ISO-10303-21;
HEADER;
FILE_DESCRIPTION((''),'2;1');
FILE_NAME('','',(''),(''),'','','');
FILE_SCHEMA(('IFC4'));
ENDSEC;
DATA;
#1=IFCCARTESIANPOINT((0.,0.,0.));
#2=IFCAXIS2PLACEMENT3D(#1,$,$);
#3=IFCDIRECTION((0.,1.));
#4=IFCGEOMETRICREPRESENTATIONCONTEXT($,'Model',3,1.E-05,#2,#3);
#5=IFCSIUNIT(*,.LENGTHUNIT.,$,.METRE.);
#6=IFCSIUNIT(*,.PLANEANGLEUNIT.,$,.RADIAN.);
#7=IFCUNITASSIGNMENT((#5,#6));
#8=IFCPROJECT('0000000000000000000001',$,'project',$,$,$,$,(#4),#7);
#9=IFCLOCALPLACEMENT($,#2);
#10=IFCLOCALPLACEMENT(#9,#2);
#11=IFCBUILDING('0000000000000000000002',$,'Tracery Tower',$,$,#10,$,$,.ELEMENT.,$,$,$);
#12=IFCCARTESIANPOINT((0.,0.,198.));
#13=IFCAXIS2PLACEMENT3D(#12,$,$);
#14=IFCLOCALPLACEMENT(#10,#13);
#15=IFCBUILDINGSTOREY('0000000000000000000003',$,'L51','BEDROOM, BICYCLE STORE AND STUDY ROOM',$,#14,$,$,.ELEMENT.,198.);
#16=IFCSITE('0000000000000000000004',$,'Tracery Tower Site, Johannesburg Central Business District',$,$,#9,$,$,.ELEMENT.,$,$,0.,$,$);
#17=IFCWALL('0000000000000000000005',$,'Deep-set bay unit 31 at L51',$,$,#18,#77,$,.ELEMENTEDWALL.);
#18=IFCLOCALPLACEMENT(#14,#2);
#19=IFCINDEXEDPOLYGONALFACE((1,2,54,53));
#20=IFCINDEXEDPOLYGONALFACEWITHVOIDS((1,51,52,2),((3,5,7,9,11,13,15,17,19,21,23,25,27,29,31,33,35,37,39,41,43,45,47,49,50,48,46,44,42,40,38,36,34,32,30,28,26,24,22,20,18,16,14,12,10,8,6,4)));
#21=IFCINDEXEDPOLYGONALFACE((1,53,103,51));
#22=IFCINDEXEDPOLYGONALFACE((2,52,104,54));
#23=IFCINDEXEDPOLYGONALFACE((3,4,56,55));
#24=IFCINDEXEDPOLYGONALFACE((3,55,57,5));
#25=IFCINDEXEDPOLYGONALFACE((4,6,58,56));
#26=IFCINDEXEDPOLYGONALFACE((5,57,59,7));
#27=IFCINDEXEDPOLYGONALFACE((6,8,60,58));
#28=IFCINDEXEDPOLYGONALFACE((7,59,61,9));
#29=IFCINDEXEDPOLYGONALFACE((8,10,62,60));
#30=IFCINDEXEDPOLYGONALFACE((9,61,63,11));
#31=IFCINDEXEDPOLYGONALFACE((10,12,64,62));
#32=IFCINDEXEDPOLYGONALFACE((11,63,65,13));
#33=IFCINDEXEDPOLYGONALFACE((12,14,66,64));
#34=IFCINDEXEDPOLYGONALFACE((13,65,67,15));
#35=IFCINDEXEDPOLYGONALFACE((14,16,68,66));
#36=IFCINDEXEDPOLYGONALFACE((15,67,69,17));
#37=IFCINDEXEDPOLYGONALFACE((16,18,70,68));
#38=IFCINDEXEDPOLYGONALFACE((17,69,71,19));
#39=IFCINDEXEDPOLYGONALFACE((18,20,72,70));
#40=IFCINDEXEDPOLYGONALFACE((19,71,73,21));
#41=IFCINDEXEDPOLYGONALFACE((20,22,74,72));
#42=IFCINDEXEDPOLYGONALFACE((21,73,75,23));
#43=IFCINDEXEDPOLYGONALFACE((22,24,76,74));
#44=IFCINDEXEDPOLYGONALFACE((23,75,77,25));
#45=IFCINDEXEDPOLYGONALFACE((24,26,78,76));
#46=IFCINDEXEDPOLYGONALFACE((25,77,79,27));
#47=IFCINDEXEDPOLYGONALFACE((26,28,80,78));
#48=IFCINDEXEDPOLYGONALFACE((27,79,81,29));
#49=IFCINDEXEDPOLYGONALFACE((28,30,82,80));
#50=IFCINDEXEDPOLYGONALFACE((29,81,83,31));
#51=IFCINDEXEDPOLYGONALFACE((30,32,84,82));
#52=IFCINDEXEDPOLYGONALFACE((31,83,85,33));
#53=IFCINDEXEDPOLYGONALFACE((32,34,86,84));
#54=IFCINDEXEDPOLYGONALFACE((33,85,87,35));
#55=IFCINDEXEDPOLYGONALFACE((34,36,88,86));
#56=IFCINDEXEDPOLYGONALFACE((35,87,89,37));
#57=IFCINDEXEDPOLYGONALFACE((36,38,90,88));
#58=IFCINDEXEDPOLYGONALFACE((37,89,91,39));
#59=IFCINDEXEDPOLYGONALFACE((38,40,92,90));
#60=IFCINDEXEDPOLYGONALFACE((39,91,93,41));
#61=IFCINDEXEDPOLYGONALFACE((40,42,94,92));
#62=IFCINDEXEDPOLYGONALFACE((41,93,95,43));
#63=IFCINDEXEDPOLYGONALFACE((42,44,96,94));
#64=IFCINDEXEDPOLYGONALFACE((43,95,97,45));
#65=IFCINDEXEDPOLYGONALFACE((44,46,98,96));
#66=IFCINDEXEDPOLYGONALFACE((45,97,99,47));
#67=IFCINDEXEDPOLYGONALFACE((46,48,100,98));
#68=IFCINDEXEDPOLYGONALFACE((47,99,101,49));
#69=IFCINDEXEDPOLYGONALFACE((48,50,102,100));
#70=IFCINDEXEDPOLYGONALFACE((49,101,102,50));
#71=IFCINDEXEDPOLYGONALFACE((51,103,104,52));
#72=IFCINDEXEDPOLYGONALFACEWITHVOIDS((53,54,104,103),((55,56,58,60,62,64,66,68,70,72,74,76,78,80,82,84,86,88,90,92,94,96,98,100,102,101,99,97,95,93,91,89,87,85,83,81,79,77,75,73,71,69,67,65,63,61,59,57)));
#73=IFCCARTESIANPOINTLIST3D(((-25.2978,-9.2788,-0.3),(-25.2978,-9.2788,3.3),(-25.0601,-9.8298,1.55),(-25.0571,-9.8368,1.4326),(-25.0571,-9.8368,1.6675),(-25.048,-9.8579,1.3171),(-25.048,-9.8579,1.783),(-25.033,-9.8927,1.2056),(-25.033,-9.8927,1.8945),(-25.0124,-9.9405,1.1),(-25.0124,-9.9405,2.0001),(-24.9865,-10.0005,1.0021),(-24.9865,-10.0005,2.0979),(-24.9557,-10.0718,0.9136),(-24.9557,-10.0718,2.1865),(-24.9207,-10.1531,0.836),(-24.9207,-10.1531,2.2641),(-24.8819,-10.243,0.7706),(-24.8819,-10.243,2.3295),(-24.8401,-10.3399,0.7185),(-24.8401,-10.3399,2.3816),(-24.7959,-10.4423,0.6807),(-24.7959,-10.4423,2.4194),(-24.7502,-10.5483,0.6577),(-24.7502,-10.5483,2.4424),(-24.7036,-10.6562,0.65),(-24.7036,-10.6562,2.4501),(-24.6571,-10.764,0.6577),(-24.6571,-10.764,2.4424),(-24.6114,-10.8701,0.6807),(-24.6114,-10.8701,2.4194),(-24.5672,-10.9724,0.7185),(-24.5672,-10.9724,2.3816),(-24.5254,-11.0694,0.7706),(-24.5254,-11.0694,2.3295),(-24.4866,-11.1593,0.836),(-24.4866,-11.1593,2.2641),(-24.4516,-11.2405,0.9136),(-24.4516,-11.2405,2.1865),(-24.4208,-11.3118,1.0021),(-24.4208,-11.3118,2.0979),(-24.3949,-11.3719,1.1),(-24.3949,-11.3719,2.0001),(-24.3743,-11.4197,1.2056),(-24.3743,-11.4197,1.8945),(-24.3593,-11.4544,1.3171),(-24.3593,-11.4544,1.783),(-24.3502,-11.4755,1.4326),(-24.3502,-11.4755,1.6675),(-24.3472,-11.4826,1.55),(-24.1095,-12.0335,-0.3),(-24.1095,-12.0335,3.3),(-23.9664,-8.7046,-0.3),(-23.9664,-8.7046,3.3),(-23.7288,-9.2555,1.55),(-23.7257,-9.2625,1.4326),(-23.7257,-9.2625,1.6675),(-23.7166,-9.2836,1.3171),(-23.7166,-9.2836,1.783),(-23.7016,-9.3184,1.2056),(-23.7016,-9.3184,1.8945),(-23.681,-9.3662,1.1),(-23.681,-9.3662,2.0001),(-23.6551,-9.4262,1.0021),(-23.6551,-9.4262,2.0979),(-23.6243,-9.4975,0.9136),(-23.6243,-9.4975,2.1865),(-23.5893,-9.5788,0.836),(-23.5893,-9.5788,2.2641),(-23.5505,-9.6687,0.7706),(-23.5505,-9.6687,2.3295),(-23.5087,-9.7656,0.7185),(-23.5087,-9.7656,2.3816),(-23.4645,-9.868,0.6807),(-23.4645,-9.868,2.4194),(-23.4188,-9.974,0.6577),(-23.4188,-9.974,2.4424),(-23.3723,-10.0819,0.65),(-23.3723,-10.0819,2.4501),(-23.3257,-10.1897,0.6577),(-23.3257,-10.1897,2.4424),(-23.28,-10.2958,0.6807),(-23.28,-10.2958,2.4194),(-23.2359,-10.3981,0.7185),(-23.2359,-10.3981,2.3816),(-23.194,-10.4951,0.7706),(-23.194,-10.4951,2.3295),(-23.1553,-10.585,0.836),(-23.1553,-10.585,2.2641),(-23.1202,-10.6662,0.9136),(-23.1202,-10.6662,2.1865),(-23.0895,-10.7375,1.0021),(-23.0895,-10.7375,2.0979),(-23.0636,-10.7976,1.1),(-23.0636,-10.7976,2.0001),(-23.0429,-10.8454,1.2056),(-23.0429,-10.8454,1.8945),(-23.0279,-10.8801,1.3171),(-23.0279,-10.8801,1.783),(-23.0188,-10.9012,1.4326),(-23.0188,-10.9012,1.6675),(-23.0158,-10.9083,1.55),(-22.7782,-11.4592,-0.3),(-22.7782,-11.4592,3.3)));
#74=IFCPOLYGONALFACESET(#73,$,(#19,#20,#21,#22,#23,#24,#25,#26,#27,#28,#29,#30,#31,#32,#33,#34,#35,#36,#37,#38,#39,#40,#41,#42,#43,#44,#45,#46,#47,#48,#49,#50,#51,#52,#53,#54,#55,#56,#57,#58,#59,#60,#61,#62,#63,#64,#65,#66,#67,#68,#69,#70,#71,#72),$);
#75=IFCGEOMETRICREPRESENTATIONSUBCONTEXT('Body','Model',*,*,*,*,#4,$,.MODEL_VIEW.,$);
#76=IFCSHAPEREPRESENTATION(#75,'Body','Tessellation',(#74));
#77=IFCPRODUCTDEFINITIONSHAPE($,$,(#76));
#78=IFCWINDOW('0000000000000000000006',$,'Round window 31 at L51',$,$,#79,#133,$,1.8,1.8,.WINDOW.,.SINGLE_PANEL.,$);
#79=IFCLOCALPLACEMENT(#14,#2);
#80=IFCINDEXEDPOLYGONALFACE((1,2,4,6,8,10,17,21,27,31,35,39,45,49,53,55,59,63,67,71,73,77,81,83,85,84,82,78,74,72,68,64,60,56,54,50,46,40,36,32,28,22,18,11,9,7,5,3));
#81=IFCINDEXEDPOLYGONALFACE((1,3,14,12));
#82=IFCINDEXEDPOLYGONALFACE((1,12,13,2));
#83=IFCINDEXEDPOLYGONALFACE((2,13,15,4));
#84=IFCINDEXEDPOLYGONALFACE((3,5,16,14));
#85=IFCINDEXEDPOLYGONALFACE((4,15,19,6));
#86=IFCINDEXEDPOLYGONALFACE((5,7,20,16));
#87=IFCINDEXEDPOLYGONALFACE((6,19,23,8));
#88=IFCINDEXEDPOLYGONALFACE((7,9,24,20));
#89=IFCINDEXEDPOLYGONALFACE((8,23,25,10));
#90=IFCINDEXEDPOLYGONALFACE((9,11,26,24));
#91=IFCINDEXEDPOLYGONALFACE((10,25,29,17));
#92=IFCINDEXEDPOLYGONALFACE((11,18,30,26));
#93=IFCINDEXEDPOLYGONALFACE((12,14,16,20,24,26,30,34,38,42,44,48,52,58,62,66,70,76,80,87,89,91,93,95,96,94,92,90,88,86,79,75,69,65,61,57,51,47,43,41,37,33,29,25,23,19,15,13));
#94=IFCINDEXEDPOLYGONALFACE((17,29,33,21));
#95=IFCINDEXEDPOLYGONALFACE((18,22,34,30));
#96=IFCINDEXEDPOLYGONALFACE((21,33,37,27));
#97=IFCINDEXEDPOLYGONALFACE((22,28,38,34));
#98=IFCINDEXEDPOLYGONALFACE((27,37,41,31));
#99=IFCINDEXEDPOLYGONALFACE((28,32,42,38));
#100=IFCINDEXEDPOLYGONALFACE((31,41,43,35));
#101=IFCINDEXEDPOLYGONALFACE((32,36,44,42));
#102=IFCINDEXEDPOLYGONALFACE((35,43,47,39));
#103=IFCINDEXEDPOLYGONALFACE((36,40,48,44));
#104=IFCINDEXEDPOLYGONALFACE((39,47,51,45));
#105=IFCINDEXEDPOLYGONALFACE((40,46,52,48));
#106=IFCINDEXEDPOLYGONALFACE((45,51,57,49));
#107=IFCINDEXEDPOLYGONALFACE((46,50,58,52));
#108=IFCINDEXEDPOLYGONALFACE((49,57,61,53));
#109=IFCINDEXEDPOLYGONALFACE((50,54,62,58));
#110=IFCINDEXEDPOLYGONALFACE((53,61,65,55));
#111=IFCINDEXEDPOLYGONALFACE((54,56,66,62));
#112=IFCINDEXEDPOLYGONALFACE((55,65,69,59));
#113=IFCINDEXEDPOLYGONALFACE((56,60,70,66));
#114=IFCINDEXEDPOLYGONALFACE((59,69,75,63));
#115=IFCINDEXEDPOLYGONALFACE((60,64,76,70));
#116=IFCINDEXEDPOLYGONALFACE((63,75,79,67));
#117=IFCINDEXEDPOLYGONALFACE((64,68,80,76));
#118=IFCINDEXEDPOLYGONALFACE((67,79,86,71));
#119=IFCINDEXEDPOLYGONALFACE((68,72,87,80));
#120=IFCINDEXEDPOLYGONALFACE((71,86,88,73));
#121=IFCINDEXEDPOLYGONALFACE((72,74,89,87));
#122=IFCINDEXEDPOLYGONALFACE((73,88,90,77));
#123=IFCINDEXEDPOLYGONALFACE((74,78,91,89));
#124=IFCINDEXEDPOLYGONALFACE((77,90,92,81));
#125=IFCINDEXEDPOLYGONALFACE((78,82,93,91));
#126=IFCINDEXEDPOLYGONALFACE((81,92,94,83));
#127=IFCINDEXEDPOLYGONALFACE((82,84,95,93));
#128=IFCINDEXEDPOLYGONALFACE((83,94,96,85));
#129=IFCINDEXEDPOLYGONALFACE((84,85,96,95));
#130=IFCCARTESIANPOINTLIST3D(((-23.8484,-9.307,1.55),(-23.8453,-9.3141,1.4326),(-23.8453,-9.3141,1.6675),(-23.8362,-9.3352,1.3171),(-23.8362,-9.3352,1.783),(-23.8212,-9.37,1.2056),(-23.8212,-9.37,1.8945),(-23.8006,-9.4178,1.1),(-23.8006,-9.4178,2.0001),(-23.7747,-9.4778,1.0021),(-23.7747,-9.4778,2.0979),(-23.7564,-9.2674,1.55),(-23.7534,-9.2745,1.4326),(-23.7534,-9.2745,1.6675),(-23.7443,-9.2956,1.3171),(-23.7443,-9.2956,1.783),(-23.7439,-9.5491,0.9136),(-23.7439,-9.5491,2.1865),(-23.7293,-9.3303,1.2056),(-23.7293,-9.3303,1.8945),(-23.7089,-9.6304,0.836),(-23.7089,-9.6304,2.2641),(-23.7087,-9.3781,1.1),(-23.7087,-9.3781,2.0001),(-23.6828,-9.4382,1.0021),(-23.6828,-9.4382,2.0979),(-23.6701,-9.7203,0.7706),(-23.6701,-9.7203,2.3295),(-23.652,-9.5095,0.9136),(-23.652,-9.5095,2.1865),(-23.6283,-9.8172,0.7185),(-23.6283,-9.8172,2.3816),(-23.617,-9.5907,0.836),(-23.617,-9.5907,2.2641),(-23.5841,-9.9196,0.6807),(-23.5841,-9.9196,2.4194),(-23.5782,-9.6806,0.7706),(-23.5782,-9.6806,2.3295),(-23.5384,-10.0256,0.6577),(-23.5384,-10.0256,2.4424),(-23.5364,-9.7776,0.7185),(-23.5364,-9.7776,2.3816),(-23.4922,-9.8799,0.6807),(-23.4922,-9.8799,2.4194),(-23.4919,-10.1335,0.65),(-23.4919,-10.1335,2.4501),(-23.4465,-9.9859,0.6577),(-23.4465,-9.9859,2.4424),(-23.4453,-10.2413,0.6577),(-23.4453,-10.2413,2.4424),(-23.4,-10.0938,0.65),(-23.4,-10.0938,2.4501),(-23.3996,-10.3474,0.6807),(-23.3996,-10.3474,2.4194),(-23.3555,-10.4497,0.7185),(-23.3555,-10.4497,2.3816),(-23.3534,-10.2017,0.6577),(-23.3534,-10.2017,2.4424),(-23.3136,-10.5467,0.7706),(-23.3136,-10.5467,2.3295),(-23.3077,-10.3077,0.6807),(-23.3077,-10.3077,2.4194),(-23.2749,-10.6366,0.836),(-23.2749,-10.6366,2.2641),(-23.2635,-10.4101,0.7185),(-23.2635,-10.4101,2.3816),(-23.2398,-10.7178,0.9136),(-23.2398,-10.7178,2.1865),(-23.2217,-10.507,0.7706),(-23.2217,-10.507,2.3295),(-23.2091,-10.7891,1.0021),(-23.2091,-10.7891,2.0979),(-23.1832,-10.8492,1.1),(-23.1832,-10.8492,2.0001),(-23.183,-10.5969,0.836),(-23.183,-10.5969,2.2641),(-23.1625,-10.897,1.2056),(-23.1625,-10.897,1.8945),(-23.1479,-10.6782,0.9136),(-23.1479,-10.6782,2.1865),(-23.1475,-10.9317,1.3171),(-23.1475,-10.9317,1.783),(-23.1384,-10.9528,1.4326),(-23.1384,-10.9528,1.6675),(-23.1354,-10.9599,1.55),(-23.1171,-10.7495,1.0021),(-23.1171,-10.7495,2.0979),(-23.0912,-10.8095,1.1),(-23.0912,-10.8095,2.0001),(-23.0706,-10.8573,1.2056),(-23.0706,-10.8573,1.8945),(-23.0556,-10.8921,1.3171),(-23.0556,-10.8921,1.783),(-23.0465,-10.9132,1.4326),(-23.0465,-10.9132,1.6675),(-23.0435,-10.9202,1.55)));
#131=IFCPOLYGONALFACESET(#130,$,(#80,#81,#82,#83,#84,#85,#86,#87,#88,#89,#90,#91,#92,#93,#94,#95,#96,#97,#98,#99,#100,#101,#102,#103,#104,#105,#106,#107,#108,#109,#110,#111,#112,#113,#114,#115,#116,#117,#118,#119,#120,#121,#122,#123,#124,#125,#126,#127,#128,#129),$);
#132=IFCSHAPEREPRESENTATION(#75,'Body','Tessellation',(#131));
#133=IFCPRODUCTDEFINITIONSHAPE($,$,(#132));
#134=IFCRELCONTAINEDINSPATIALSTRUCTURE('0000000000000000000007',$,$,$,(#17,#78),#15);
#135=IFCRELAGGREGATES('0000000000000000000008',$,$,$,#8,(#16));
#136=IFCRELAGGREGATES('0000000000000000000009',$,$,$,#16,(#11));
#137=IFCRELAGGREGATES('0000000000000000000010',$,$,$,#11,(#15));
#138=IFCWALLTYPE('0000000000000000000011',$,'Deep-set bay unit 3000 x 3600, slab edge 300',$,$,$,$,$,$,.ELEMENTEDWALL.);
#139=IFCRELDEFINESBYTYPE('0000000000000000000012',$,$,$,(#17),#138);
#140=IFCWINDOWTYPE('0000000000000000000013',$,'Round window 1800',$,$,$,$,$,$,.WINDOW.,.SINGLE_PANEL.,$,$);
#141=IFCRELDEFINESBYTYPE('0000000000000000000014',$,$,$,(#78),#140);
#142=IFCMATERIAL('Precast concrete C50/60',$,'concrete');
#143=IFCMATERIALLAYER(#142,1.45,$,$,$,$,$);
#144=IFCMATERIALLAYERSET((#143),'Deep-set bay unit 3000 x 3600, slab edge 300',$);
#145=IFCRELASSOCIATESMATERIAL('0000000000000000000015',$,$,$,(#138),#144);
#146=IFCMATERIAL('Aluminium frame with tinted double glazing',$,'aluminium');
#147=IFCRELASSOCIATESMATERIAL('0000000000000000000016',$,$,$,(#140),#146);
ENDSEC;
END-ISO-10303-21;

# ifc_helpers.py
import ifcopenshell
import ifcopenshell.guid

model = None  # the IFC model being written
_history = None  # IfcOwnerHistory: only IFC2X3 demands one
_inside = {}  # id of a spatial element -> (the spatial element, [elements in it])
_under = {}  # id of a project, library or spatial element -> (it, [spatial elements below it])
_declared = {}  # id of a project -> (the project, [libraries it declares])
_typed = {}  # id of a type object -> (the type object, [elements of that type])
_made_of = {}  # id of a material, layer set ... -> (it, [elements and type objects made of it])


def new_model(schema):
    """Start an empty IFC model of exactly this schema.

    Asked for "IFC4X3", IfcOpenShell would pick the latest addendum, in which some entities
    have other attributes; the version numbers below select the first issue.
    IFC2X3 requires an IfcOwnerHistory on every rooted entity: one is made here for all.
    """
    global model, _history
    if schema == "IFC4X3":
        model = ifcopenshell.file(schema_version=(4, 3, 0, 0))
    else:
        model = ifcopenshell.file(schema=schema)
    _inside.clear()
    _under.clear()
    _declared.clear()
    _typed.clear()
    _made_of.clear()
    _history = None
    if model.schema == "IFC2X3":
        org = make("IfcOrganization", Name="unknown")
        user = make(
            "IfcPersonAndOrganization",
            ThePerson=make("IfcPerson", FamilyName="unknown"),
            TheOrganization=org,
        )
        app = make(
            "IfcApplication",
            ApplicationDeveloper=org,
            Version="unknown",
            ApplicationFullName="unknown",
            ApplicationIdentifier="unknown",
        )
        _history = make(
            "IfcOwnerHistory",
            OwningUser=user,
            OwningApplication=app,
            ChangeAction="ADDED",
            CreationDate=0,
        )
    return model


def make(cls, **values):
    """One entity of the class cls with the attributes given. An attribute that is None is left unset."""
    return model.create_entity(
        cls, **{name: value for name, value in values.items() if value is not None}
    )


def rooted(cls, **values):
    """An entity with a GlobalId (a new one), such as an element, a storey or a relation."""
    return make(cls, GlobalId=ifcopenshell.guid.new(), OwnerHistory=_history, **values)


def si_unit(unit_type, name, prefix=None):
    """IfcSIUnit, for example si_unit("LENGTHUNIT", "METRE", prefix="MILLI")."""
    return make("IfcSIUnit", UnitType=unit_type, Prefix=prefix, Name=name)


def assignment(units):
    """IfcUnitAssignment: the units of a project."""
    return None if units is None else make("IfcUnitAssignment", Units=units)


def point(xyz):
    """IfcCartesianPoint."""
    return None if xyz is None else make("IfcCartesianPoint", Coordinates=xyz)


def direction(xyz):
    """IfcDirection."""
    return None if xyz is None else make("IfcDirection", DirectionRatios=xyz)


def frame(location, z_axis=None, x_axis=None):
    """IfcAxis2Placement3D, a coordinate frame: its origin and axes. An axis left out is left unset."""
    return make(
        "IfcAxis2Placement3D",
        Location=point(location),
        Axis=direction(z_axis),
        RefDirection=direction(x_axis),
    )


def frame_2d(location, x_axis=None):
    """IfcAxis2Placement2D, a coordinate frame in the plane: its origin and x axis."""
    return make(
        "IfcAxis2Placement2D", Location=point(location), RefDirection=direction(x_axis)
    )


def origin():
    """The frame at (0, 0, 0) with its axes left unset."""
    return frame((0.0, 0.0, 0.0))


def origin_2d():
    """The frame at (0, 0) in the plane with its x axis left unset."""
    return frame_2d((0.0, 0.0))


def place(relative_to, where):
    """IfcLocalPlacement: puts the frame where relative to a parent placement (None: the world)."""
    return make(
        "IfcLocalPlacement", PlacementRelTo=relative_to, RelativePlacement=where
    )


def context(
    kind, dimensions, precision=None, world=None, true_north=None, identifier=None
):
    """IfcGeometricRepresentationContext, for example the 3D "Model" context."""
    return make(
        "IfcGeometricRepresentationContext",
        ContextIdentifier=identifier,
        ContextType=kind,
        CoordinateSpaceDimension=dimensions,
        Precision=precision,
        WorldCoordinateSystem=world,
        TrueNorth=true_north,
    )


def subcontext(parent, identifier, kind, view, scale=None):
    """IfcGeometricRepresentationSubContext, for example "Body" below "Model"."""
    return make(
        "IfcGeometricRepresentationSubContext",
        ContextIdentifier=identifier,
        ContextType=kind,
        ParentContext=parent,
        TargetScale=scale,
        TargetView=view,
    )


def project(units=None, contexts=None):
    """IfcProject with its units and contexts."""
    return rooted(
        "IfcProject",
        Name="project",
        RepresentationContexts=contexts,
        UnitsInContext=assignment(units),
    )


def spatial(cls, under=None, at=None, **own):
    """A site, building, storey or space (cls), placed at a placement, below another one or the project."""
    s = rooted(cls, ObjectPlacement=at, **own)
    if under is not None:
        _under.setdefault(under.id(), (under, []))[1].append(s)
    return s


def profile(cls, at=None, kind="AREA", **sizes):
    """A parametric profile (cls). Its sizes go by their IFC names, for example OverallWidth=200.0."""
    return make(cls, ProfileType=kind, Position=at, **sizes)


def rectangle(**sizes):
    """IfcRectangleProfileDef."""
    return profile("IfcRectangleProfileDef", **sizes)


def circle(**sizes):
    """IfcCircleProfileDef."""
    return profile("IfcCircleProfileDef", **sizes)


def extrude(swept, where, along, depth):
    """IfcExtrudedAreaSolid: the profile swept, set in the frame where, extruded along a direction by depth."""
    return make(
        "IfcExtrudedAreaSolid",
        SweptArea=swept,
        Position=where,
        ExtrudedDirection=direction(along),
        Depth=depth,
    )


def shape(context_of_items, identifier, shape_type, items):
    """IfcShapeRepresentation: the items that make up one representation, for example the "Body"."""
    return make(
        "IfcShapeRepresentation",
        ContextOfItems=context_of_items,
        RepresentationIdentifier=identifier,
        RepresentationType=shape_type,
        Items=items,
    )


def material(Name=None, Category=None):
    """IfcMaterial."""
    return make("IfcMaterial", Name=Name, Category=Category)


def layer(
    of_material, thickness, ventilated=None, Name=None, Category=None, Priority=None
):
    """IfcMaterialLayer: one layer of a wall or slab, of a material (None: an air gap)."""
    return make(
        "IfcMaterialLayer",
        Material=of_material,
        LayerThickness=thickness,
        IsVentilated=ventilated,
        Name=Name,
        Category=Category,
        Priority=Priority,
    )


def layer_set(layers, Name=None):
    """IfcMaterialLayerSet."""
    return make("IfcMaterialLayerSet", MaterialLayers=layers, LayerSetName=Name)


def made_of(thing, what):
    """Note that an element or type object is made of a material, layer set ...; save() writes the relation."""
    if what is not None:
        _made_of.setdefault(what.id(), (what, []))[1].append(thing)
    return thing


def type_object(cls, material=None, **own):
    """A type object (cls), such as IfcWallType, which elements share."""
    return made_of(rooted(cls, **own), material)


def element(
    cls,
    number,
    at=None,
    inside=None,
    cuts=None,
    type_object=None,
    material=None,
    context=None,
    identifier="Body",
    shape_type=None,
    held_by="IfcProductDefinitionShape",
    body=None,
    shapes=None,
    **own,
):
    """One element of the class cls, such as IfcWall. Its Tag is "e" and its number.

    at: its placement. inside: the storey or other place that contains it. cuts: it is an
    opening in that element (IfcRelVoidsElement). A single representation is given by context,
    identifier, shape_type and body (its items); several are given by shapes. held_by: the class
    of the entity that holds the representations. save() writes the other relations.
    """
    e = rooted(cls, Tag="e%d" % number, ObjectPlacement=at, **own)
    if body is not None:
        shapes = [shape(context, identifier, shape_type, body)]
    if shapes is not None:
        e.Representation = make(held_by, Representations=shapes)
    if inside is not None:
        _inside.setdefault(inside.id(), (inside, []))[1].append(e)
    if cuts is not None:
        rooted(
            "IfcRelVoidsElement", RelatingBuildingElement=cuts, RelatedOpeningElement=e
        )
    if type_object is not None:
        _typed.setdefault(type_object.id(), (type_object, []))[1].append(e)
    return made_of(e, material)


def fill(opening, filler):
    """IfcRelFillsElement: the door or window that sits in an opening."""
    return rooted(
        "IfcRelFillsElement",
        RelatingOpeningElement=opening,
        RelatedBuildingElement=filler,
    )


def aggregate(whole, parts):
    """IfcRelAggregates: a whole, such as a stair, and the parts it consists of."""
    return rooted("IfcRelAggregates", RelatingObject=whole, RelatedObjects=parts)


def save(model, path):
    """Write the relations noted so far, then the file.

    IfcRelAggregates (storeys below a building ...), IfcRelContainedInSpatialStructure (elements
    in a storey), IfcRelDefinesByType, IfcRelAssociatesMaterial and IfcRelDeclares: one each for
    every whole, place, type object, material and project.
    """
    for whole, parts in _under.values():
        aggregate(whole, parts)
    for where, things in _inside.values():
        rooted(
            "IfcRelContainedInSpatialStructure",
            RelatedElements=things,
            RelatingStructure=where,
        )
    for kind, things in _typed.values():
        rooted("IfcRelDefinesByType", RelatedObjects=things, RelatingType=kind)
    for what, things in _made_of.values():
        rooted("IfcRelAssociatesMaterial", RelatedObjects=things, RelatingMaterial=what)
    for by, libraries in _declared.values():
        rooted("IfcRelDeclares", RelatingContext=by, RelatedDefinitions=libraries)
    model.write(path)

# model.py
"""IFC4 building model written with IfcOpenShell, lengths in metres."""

from ifc_helpers import new_model, si_unit, direction, frame, frame_2d, origin, origin_2d, place, context, subcontext, project, spatial, rectangle, circle, extrude, material, layer, layer_set, type_object, element, fill, save


model = new_model("IFC4")

# Units and contexts
model_context = context("Model", 3, precision=1e-05, world=origin(), true_north=direction((0.0, 1.0)))
body_context = subcontext(model_context, "Body", "Model", "MODEL_VIEW")
ifc_project = project(units=[si_unit("LENGTHUNIT", "METRE"), si_unit("PLANEANGLEUNIT", "RADIAN")], contexts=[model_context])

# Site, building, storey
site_placement = place(None, origin())
site = spatial("IfcSite", under=ifc_project, at=site_placement, Name="Tracery Tower Site, Johannesburg Central Business District", CompositionType="ELEMENT", RefElevation=0.0)
building_placement = place(site_placement, origin())
building = spatial("IfcBuilding", under=site, at=building_placement, Name="Tracery Tower", CompositionType="ELEMENT")
storey_placement = place(building_placement, frame((0.0, 0.0, 198.0)))
storey = spatial("IfcBuildingStorey", under=building, at=storey_placement, Name="L51", Description="BEDROOM, BICYCLE STORE AND STUDY ROOM", CompositionType="ELEMENT", Elevation=198.0)

# Wall, opening, window
ifc_material_1 = material(Name="Precast concrete C50/60", Category="concrete")
ifc_layer_1 = layer(ifc_material_1, 1.45)
ifc_layer_set_1 = layer_set([ifc_layer_1], Name="Deep-set bay unit 3000 x 3600, slab edge 300")
wall_type_1 = type_object("IfcWallType", Name="Deep-set bay unit 3000 x 3600, slab edge 300", PredefinedType="ELEMENTEDWALL", material=ifc_layer_set_1)
wall_1_placement = place(storey_placement, frame((-24.6321, -8.9917, -0.3), z_axis=(0.0, 0.0, 1.0), x_axis=(0.396079, -0.918216, 0.0)))
wall_1 = element("IfcWall", 1, at=wall_1_placement, inside=storey, type_object=wall_type_1, Name="Deep-set bay unit 31 at L51", PredefinedType="ELEMENTEDWALL", context=body_context, shape_type="SweptSolid", body=[
    extrude(rectangle(XDim=3.0, YDim=1.45, at=frame_2d((1.5, 0.0))), origin(), (0.0, 0.0, 1.0), 3.6001),
])
opening_1_placement = place(wall_1_placement, frame((1.5, 0.0, 1.8501)))
opening_1 = element("IfcOpeningElement", 2, at=opening_1_placement, cuts=wall_1, PredefinedType="OPENING", context=body_context, shape_type="SweptSolid", body=[
    extrude(circle(Radius=0.9, at=origin_2d()), frame((0.0, 0.7349, 0.0), z_axis=(0.0, -1.0, 0.0), x_axis=(1.0, 0.0, 0.0)), (0.0, 0.0, 1.0), 1.47),
])
ifc_material_2 = material(Name="Aluminium frame with tinted double glazing", Category="aluminium")
window_type = type_object("IfcWindowType", Name="Round window 1800", PartitioningType="SINGLE_PANEL", PredefinedType="WINDOW", material=ifc_material_2)
window_1_placement = place(opening_1_placement, origin())
window_1 = element("IfcWindow", 3, at=window_1_placement, inside=storey, type_object=window_type, Name="Round window 31 at L51", OverallHeight=1.8, OverallWidth=1.8, PartitioningType="SINGLE_PANEL", PredefinedType="WINDOW", context=body_context, shape_type="SweptSolid", body=[
    extrude(circle(Radius=0.9, at=origin_2d()), frame((0.0, 0.6948, 0.0), z_axis=(0.0, -1.0, 0.0), x_axis=(1.0, 0.0, 0.0)), (0.0, 0.0, 1.0), 0.1001),
])
fill(opening_1, window_1)

save(model, "model.ifc")
